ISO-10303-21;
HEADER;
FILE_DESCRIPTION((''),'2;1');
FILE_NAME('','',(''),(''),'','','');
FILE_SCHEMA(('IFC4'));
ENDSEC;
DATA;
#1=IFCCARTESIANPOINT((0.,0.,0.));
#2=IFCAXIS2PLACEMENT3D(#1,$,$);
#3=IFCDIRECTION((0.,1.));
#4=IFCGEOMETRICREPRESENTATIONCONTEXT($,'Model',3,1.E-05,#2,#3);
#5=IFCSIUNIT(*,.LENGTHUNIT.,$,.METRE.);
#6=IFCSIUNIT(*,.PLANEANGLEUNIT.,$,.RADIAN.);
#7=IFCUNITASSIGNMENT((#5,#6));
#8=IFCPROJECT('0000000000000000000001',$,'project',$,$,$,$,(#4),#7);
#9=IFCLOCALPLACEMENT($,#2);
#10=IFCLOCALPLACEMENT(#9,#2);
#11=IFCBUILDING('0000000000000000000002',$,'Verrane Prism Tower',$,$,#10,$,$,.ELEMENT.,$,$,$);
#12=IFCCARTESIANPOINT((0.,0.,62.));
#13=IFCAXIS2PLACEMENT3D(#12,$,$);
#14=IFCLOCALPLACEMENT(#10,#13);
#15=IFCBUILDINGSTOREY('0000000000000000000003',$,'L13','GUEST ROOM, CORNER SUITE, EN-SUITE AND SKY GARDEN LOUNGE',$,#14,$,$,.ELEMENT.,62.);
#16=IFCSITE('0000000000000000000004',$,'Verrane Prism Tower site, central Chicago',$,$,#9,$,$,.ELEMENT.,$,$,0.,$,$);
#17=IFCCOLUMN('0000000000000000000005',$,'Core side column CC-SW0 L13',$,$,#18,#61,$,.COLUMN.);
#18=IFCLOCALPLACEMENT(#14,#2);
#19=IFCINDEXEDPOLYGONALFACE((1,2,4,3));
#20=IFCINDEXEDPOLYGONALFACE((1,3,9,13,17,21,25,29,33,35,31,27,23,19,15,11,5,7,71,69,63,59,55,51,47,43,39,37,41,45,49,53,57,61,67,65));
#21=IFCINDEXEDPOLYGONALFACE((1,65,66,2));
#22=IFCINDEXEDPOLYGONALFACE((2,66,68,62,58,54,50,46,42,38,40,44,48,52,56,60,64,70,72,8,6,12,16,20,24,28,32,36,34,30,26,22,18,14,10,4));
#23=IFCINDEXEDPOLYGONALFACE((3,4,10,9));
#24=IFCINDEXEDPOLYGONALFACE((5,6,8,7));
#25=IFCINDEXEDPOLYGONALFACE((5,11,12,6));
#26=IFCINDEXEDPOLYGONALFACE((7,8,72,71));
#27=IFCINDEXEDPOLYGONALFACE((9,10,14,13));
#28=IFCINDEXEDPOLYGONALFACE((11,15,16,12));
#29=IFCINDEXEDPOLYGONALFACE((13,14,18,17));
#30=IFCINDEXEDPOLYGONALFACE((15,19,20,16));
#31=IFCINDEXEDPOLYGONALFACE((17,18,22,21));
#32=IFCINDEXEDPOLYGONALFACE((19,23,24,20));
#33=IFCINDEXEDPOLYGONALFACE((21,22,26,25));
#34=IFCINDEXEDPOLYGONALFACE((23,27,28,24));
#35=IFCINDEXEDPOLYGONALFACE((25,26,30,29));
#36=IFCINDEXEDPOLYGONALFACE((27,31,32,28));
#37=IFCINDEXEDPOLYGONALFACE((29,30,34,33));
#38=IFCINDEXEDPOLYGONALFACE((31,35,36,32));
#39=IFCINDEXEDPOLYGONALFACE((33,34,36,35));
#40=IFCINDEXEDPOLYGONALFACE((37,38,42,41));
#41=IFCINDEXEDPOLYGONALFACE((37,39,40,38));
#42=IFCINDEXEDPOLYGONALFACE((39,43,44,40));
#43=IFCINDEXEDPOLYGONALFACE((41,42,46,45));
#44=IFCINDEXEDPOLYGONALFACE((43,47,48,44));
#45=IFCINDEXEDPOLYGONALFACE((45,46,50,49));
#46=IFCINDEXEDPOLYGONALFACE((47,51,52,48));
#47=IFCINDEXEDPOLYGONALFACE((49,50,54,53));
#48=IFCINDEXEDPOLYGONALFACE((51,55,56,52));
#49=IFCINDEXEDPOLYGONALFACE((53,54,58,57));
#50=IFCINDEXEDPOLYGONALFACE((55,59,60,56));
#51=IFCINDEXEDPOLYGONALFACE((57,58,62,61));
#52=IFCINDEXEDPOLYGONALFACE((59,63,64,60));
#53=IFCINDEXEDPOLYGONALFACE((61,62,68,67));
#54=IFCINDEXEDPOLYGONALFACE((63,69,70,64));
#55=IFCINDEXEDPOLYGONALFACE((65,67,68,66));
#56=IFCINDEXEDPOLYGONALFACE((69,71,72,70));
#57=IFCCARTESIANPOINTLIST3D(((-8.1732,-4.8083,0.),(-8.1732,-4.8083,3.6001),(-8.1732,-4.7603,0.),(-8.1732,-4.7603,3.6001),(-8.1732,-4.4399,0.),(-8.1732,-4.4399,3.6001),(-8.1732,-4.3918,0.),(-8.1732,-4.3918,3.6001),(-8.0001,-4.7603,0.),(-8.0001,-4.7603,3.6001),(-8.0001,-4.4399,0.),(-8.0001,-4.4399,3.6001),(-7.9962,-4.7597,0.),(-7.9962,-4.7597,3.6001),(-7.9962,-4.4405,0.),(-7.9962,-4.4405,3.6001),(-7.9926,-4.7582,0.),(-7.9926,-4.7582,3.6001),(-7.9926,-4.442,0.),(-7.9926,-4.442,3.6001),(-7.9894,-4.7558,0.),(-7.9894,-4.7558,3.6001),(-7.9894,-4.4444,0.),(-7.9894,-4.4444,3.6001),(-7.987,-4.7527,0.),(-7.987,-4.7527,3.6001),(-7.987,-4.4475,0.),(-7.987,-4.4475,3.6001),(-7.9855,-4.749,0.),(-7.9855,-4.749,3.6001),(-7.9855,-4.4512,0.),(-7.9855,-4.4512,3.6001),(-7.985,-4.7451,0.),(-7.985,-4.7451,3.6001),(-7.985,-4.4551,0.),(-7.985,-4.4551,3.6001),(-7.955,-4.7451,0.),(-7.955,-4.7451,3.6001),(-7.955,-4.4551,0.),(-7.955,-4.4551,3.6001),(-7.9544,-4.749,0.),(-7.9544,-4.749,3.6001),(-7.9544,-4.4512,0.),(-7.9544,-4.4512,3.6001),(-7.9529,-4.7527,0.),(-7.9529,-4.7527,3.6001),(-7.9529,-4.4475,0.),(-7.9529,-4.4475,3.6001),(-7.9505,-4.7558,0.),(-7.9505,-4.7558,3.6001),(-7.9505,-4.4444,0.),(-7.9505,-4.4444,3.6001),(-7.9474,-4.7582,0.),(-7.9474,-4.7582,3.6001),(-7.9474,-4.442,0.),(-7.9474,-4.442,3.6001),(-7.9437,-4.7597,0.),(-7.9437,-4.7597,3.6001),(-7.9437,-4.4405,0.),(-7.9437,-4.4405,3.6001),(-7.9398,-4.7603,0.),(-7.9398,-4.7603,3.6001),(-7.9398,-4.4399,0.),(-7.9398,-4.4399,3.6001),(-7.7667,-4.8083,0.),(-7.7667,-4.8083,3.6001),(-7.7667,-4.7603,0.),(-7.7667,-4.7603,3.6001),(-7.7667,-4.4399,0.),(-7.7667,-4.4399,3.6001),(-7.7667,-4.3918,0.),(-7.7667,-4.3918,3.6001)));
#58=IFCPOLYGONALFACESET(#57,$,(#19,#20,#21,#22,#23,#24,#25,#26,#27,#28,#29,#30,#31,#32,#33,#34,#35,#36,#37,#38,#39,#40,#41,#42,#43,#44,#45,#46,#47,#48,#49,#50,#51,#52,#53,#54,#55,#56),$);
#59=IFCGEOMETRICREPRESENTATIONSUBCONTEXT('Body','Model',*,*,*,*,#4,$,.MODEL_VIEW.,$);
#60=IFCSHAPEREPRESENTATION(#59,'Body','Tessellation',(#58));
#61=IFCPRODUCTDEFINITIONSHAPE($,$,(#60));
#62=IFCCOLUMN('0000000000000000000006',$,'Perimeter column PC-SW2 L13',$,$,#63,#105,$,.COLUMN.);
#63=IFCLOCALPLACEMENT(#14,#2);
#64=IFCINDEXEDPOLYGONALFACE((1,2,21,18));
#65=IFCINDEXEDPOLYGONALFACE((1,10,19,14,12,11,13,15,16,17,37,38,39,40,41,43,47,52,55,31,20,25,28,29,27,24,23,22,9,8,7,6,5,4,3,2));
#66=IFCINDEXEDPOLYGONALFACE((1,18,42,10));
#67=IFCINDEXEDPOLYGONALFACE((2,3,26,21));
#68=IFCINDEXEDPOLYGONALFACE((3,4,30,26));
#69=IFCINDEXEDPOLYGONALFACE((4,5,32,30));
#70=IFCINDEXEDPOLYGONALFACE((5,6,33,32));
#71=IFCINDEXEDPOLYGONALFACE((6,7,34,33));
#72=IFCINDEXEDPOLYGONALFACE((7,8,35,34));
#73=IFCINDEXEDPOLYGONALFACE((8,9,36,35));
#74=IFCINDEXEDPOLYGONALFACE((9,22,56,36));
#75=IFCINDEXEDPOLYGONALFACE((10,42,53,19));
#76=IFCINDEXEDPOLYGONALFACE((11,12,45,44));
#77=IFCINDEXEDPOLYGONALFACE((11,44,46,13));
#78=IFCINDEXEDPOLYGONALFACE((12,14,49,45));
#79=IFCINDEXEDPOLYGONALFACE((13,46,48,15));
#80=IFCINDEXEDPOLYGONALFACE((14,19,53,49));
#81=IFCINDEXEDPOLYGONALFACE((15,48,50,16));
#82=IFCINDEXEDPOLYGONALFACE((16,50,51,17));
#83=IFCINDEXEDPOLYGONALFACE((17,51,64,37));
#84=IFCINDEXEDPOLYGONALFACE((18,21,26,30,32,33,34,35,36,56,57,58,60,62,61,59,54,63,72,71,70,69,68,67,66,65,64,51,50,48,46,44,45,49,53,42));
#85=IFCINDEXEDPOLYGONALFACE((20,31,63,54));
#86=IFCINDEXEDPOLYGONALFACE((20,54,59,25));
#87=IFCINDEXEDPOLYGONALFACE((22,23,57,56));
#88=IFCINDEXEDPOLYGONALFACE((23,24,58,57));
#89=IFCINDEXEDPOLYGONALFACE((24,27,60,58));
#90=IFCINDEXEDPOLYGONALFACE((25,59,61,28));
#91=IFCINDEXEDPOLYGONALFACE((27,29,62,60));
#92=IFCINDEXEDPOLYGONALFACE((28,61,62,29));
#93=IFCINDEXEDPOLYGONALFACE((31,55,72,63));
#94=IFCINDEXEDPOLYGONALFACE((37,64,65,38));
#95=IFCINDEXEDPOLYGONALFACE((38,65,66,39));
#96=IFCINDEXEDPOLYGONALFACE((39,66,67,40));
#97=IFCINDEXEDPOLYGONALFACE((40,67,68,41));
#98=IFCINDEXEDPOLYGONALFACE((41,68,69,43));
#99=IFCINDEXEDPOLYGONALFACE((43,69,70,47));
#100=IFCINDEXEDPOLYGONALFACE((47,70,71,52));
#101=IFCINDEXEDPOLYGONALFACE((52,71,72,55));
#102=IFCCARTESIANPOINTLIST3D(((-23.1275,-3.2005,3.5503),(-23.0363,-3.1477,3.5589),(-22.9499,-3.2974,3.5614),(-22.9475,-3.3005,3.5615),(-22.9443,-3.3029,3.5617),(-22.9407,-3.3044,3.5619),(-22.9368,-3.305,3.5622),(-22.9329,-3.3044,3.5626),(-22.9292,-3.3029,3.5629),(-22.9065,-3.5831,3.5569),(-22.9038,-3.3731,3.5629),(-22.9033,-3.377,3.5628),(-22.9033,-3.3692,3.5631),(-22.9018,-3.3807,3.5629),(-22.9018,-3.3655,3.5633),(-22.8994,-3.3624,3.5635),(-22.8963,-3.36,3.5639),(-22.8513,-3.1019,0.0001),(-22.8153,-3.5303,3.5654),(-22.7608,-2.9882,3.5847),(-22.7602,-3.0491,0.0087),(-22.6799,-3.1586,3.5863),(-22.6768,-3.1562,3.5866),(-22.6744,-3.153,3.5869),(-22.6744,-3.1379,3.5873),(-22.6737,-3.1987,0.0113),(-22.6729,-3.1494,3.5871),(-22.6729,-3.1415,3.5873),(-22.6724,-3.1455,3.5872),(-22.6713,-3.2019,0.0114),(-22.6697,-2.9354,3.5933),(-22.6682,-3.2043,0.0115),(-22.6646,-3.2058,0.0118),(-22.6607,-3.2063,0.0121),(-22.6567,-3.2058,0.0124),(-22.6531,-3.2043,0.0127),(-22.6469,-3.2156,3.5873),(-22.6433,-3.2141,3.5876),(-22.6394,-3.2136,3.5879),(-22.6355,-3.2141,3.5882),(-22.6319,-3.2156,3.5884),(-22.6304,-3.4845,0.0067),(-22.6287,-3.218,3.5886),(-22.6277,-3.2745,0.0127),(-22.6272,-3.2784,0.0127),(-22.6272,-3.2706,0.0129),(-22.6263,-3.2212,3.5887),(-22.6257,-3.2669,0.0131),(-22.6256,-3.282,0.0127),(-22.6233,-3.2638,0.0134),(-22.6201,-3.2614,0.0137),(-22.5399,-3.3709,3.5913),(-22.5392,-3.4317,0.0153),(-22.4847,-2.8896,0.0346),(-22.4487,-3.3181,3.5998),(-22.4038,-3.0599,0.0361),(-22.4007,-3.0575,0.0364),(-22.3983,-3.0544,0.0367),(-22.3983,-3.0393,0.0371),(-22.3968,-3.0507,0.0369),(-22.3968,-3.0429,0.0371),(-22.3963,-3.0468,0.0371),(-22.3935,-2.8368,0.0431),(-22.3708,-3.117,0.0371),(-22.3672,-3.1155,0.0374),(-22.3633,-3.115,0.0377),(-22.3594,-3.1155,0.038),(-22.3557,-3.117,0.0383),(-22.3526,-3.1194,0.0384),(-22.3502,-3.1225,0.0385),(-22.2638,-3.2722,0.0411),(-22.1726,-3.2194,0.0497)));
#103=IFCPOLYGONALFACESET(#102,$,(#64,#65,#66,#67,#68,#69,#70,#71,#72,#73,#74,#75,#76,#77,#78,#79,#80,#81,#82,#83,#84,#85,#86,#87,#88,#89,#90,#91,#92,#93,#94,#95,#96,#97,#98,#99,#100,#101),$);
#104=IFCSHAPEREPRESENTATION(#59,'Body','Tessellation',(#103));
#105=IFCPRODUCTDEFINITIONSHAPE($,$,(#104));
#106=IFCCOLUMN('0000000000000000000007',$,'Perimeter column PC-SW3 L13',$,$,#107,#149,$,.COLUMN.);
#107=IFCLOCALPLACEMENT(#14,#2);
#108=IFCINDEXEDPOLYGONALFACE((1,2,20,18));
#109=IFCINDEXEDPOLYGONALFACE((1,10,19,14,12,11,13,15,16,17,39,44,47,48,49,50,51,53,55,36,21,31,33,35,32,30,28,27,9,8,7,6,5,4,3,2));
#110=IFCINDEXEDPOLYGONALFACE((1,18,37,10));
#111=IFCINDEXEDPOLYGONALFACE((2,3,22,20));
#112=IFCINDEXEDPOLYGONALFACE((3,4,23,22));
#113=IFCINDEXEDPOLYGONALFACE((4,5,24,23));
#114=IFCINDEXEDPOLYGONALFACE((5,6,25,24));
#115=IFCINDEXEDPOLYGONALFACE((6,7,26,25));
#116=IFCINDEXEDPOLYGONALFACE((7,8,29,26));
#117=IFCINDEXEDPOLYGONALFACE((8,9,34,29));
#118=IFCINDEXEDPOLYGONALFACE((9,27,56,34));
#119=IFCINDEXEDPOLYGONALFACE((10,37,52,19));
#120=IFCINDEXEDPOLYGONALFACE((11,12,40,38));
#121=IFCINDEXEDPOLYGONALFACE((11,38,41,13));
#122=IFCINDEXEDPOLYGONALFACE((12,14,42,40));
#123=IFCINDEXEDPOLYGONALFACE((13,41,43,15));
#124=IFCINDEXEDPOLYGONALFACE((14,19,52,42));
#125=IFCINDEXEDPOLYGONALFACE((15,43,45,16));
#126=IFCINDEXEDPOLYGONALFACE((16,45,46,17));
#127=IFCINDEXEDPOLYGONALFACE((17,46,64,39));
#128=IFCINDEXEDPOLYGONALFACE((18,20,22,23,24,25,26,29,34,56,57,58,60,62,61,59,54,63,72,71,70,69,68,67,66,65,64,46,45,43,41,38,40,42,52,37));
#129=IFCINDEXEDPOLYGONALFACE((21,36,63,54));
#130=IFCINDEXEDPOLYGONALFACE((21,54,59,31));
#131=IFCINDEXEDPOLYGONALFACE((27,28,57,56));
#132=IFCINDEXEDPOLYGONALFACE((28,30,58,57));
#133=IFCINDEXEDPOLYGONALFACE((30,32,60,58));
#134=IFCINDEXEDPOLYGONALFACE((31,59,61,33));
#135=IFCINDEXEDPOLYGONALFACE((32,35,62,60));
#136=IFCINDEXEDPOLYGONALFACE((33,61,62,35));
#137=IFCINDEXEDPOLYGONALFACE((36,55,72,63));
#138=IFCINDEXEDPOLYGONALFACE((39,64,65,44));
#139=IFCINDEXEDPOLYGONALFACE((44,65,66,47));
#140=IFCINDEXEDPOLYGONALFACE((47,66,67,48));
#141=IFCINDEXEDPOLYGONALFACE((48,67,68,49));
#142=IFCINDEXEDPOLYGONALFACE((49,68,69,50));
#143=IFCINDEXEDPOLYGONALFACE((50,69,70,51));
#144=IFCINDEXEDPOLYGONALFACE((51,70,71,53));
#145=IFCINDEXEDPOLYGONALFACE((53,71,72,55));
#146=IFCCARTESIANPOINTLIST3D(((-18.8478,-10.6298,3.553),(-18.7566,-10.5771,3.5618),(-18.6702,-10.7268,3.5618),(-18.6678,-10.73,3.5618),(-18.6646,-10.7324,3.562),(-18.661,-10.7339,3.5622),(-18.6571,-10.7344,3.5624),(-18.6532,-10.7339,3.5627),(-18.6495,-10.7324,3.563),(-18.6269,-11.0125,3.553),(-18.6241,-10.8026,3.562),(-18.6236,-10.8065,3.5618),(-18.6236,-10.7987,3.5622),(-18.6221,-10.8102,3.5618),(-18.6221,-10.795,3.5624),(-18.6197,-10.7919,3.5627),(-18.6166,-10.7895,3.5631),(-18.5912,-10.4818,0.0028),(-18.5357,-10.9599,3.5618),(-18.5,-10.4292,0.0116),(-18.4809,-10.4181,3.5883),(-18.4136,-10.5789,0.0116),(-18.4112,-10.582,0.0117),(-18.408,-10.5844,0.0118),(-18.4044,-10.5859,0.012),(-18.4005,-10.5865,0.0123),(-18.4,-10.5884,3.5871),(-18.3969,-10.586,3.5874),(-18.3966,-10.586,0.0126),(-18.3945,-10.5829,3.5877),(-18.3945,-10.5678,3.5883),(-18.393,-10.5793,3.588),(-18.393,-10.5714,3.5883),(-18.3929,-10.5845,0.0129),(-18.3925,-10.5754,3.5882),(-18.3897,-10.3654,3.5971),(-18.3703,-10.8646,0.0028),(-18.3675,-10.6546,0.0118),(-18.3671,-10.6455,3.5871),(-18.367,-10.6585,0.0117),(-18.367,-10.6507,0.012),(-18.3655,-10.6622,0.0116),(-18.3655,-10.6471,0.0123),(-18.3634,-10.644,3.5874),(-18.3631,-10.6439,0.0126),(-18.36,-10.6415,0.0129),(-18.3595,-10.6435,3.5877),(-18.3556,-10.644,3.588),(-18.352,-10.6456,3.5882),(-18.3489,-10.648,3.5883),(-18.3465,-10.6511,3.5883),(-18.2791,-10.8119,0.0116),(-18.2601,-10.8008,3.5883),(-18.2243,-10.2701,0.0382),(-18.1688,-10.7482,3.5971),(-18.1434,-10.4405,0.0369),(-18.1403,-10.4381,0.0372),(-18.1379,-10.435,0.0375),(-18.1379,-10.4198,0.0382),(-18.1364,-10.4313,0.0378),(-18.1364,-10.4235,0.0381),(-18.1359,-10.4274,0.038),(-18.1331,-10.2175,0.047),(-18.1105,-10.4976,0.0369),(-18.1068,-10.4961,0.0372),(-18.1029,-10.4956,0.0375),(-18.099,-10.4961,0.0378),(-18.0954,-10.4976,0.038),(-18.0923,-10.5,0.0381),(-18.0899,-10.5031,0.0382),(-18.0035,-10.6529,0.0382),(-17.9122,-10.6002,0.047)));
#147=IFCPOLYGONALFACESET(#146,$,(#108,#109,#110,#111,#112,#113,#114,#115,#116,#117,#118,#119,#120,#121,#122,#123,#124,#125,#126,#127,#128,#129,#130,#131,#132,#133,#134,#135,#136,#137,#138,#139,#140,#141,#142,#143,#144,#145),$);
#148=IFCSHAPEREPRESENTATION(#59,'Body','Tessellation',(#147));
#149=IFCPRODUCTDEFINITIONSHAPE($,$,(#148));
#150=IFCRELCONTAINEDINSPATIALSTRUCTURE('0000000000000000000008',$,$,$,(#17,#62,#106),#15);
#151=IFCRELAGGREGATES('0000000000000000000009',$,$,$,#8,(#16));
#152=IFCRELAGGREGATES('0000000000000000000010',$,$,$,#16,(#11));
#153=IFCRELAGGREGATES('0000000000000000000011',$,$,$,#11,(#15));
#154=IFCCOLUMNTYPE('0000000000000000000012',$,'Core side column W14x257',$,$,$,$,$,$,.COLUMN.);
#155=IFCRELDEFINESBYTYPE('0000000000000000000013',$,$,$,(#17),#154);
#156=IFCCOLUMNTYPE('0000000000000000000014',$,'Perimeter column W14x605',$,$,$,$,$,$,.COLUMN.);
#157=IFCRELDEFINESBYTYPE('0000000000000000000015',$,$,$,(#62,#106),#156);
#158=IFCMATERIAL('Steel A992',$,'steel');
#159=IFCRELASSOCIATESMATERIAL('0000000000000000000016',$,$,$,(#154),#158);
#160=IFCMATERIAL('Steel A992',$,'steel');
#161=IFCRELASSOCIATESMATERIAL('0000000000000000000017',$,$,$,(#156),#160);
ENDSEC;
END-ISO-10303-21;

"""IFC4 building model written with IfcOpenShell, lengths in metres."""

from ifc_helpers import new_model, si_unit, direction, frame, origin, origin_2d, place, context, subcontext, project, spatial, i_section, extrude, material, material_profile, profile_set, type_object, element, save


model = new_model("IFC4")

# Units and contexts
model_context = context("Model", 3, precision=1e-05, world=origin(), true_north=direction((0.0, 1.0)))
body_context = subcontext(model_context, "Body", "Model", "MODEL_VIEW")
ifc_project = project(units=[si_unit("LENGTHUNIT", "METRE"), si_unit("PLANEANGLEUNIT", "RADIAN")], contexts=[model_context])

# Site, building, storey
site_placement = place(None, origin())
site = spatial("IfcSite", under=ifc_project, at=site_placement, Name="Verrane Prism Tower site, central Chicago", CompositionType="ELEMENT", RefElevation=0.0)
building_placement = place(site_placement, origin())
building = spatial("IfcBuilding", under=site, at=building_placement, Name="Verrane Prism Tower", CompositionType="ELEMENT")
storey_placement = place(building_placement, frame((0.0, 0.0, 62.0)))
storey = spatial("IfcBuildingStorey", under=building, at=storey_placement, Name="L13", Description="GUEST ROOM, CORNER SUITE, EN-SUITE AND SKY GARDEN LOUNGE", CompositionType="ELEMENT", Elevation=62.0)

# Columns
ifc_material_1 = material(Name="Steel A992", Category="steel")
ifc_material_profile_1 = material_profile(ifc_material_1, i_section(OverallWidth=0.4065, OverallDepth=0.4165, WebThickness=0.03, FlangeThickness=0.0481, FilletRadius=0.0151, at=origin_2d()), Name="W14x257")
ifc_profile_set_1 = profile_set([ifc_material_profile_1], Name="Steel A992")
column_type_1 = type_object("IfcColumnType", Name="Core side column W14x257", PredefinedType="COLUMN", material=ifc_profile_set_1)
column_1_placement = place(storey_placement, frame((-7.97, -4.6001, 0.0), z_axis=(0.0, 0.0, 1.0), x_axis=(1.0, 0.0, 0.0)))
element("IfcColumn", 1, at=column_1_placement, inside=storey, type_object=column_type_1, Name="Core side column CC-SW0 L13", PredefinedType="COLUMN", context=body_context, shape_type="SweptSolid", body=[
    extrude(i_section(OverallWidth=0.4065, OverallDepth=0.4165, WebThickness=0.03, FlangeThickness=0.0481, FilletRadius=0.0151, at=origin_2d()), origin(), (0.0, 0.0, 1.0), 3.6001),
])
ifc_material_2 = material(Name="Steel A992", Category="steel")
ifc_material_profile_2 = material_profile(ifc_material_2, i_section(OverallWidth=0.4419, OverallDepth=0.5308, WebThickness=0.0659, FlangeThickness=0.1057, FilletRadius=0.0151, at=origin_2d()), Name="W14x605")
ifc_profile_set_2 = profile_set([ifc_material_profile_2], Name="Steel A992")
column_type_2 = type_object("IfcColumnType", Name="Perimeter column W14x605", PredefinedType="COLUMN", material=ifc_profile_set_2)
column_2_placement = place(storey_placement, frame((-22.512, -3.1606, 0.0249), z_axis=(-0.077516, -0.027689, 0.996607), x_axis=(-0.499993, 0.865902, -0.014832)))
element("IfcColumn", 2, at=column_2_placement, inside=storey, type_object=column_type_2, Name="Perimeter column PC-SW2 L13", PredefinedType="COLUMN", context=body_context, shape_type="SweptSolid", body=[
    extrude(i_section(OverallWidth=0.4419, OverallDepth=0.5308, WebThickness=0.0659, FlangeThickness=0.1057, FilletRadius=0.0151, at=origin_2d()), origin(), (0.0, 0.0, 1.0), 3.5623),
])
column_3_placement = place(storey_placement, frame((-18.2517, -10.541, 0.0249), z_axis=(-0.072028, -0.041531, 0.996538), x_axis=(-0.499786, 0.866149, -0.000027)))
element("IfcColumn", 3, at=column_3_placement, inside=storey, type_object=column_type_2, Name="Perimeter column PC-SW3 L13", PredefinedType="COLUMN", context=body_context, shape_type="SweptSolid", body=[
    extrude(i_section(OverallWidth=0.4419, OverallDepth=0.5308, WebThickness=0.0659, FlangeThickness=0.1057, FilletRadius=0.0151, at=origin_2d()), origin(), (0.0, 0.0, 1.0), 3.5625),
])

save(model, "model.ifc")
